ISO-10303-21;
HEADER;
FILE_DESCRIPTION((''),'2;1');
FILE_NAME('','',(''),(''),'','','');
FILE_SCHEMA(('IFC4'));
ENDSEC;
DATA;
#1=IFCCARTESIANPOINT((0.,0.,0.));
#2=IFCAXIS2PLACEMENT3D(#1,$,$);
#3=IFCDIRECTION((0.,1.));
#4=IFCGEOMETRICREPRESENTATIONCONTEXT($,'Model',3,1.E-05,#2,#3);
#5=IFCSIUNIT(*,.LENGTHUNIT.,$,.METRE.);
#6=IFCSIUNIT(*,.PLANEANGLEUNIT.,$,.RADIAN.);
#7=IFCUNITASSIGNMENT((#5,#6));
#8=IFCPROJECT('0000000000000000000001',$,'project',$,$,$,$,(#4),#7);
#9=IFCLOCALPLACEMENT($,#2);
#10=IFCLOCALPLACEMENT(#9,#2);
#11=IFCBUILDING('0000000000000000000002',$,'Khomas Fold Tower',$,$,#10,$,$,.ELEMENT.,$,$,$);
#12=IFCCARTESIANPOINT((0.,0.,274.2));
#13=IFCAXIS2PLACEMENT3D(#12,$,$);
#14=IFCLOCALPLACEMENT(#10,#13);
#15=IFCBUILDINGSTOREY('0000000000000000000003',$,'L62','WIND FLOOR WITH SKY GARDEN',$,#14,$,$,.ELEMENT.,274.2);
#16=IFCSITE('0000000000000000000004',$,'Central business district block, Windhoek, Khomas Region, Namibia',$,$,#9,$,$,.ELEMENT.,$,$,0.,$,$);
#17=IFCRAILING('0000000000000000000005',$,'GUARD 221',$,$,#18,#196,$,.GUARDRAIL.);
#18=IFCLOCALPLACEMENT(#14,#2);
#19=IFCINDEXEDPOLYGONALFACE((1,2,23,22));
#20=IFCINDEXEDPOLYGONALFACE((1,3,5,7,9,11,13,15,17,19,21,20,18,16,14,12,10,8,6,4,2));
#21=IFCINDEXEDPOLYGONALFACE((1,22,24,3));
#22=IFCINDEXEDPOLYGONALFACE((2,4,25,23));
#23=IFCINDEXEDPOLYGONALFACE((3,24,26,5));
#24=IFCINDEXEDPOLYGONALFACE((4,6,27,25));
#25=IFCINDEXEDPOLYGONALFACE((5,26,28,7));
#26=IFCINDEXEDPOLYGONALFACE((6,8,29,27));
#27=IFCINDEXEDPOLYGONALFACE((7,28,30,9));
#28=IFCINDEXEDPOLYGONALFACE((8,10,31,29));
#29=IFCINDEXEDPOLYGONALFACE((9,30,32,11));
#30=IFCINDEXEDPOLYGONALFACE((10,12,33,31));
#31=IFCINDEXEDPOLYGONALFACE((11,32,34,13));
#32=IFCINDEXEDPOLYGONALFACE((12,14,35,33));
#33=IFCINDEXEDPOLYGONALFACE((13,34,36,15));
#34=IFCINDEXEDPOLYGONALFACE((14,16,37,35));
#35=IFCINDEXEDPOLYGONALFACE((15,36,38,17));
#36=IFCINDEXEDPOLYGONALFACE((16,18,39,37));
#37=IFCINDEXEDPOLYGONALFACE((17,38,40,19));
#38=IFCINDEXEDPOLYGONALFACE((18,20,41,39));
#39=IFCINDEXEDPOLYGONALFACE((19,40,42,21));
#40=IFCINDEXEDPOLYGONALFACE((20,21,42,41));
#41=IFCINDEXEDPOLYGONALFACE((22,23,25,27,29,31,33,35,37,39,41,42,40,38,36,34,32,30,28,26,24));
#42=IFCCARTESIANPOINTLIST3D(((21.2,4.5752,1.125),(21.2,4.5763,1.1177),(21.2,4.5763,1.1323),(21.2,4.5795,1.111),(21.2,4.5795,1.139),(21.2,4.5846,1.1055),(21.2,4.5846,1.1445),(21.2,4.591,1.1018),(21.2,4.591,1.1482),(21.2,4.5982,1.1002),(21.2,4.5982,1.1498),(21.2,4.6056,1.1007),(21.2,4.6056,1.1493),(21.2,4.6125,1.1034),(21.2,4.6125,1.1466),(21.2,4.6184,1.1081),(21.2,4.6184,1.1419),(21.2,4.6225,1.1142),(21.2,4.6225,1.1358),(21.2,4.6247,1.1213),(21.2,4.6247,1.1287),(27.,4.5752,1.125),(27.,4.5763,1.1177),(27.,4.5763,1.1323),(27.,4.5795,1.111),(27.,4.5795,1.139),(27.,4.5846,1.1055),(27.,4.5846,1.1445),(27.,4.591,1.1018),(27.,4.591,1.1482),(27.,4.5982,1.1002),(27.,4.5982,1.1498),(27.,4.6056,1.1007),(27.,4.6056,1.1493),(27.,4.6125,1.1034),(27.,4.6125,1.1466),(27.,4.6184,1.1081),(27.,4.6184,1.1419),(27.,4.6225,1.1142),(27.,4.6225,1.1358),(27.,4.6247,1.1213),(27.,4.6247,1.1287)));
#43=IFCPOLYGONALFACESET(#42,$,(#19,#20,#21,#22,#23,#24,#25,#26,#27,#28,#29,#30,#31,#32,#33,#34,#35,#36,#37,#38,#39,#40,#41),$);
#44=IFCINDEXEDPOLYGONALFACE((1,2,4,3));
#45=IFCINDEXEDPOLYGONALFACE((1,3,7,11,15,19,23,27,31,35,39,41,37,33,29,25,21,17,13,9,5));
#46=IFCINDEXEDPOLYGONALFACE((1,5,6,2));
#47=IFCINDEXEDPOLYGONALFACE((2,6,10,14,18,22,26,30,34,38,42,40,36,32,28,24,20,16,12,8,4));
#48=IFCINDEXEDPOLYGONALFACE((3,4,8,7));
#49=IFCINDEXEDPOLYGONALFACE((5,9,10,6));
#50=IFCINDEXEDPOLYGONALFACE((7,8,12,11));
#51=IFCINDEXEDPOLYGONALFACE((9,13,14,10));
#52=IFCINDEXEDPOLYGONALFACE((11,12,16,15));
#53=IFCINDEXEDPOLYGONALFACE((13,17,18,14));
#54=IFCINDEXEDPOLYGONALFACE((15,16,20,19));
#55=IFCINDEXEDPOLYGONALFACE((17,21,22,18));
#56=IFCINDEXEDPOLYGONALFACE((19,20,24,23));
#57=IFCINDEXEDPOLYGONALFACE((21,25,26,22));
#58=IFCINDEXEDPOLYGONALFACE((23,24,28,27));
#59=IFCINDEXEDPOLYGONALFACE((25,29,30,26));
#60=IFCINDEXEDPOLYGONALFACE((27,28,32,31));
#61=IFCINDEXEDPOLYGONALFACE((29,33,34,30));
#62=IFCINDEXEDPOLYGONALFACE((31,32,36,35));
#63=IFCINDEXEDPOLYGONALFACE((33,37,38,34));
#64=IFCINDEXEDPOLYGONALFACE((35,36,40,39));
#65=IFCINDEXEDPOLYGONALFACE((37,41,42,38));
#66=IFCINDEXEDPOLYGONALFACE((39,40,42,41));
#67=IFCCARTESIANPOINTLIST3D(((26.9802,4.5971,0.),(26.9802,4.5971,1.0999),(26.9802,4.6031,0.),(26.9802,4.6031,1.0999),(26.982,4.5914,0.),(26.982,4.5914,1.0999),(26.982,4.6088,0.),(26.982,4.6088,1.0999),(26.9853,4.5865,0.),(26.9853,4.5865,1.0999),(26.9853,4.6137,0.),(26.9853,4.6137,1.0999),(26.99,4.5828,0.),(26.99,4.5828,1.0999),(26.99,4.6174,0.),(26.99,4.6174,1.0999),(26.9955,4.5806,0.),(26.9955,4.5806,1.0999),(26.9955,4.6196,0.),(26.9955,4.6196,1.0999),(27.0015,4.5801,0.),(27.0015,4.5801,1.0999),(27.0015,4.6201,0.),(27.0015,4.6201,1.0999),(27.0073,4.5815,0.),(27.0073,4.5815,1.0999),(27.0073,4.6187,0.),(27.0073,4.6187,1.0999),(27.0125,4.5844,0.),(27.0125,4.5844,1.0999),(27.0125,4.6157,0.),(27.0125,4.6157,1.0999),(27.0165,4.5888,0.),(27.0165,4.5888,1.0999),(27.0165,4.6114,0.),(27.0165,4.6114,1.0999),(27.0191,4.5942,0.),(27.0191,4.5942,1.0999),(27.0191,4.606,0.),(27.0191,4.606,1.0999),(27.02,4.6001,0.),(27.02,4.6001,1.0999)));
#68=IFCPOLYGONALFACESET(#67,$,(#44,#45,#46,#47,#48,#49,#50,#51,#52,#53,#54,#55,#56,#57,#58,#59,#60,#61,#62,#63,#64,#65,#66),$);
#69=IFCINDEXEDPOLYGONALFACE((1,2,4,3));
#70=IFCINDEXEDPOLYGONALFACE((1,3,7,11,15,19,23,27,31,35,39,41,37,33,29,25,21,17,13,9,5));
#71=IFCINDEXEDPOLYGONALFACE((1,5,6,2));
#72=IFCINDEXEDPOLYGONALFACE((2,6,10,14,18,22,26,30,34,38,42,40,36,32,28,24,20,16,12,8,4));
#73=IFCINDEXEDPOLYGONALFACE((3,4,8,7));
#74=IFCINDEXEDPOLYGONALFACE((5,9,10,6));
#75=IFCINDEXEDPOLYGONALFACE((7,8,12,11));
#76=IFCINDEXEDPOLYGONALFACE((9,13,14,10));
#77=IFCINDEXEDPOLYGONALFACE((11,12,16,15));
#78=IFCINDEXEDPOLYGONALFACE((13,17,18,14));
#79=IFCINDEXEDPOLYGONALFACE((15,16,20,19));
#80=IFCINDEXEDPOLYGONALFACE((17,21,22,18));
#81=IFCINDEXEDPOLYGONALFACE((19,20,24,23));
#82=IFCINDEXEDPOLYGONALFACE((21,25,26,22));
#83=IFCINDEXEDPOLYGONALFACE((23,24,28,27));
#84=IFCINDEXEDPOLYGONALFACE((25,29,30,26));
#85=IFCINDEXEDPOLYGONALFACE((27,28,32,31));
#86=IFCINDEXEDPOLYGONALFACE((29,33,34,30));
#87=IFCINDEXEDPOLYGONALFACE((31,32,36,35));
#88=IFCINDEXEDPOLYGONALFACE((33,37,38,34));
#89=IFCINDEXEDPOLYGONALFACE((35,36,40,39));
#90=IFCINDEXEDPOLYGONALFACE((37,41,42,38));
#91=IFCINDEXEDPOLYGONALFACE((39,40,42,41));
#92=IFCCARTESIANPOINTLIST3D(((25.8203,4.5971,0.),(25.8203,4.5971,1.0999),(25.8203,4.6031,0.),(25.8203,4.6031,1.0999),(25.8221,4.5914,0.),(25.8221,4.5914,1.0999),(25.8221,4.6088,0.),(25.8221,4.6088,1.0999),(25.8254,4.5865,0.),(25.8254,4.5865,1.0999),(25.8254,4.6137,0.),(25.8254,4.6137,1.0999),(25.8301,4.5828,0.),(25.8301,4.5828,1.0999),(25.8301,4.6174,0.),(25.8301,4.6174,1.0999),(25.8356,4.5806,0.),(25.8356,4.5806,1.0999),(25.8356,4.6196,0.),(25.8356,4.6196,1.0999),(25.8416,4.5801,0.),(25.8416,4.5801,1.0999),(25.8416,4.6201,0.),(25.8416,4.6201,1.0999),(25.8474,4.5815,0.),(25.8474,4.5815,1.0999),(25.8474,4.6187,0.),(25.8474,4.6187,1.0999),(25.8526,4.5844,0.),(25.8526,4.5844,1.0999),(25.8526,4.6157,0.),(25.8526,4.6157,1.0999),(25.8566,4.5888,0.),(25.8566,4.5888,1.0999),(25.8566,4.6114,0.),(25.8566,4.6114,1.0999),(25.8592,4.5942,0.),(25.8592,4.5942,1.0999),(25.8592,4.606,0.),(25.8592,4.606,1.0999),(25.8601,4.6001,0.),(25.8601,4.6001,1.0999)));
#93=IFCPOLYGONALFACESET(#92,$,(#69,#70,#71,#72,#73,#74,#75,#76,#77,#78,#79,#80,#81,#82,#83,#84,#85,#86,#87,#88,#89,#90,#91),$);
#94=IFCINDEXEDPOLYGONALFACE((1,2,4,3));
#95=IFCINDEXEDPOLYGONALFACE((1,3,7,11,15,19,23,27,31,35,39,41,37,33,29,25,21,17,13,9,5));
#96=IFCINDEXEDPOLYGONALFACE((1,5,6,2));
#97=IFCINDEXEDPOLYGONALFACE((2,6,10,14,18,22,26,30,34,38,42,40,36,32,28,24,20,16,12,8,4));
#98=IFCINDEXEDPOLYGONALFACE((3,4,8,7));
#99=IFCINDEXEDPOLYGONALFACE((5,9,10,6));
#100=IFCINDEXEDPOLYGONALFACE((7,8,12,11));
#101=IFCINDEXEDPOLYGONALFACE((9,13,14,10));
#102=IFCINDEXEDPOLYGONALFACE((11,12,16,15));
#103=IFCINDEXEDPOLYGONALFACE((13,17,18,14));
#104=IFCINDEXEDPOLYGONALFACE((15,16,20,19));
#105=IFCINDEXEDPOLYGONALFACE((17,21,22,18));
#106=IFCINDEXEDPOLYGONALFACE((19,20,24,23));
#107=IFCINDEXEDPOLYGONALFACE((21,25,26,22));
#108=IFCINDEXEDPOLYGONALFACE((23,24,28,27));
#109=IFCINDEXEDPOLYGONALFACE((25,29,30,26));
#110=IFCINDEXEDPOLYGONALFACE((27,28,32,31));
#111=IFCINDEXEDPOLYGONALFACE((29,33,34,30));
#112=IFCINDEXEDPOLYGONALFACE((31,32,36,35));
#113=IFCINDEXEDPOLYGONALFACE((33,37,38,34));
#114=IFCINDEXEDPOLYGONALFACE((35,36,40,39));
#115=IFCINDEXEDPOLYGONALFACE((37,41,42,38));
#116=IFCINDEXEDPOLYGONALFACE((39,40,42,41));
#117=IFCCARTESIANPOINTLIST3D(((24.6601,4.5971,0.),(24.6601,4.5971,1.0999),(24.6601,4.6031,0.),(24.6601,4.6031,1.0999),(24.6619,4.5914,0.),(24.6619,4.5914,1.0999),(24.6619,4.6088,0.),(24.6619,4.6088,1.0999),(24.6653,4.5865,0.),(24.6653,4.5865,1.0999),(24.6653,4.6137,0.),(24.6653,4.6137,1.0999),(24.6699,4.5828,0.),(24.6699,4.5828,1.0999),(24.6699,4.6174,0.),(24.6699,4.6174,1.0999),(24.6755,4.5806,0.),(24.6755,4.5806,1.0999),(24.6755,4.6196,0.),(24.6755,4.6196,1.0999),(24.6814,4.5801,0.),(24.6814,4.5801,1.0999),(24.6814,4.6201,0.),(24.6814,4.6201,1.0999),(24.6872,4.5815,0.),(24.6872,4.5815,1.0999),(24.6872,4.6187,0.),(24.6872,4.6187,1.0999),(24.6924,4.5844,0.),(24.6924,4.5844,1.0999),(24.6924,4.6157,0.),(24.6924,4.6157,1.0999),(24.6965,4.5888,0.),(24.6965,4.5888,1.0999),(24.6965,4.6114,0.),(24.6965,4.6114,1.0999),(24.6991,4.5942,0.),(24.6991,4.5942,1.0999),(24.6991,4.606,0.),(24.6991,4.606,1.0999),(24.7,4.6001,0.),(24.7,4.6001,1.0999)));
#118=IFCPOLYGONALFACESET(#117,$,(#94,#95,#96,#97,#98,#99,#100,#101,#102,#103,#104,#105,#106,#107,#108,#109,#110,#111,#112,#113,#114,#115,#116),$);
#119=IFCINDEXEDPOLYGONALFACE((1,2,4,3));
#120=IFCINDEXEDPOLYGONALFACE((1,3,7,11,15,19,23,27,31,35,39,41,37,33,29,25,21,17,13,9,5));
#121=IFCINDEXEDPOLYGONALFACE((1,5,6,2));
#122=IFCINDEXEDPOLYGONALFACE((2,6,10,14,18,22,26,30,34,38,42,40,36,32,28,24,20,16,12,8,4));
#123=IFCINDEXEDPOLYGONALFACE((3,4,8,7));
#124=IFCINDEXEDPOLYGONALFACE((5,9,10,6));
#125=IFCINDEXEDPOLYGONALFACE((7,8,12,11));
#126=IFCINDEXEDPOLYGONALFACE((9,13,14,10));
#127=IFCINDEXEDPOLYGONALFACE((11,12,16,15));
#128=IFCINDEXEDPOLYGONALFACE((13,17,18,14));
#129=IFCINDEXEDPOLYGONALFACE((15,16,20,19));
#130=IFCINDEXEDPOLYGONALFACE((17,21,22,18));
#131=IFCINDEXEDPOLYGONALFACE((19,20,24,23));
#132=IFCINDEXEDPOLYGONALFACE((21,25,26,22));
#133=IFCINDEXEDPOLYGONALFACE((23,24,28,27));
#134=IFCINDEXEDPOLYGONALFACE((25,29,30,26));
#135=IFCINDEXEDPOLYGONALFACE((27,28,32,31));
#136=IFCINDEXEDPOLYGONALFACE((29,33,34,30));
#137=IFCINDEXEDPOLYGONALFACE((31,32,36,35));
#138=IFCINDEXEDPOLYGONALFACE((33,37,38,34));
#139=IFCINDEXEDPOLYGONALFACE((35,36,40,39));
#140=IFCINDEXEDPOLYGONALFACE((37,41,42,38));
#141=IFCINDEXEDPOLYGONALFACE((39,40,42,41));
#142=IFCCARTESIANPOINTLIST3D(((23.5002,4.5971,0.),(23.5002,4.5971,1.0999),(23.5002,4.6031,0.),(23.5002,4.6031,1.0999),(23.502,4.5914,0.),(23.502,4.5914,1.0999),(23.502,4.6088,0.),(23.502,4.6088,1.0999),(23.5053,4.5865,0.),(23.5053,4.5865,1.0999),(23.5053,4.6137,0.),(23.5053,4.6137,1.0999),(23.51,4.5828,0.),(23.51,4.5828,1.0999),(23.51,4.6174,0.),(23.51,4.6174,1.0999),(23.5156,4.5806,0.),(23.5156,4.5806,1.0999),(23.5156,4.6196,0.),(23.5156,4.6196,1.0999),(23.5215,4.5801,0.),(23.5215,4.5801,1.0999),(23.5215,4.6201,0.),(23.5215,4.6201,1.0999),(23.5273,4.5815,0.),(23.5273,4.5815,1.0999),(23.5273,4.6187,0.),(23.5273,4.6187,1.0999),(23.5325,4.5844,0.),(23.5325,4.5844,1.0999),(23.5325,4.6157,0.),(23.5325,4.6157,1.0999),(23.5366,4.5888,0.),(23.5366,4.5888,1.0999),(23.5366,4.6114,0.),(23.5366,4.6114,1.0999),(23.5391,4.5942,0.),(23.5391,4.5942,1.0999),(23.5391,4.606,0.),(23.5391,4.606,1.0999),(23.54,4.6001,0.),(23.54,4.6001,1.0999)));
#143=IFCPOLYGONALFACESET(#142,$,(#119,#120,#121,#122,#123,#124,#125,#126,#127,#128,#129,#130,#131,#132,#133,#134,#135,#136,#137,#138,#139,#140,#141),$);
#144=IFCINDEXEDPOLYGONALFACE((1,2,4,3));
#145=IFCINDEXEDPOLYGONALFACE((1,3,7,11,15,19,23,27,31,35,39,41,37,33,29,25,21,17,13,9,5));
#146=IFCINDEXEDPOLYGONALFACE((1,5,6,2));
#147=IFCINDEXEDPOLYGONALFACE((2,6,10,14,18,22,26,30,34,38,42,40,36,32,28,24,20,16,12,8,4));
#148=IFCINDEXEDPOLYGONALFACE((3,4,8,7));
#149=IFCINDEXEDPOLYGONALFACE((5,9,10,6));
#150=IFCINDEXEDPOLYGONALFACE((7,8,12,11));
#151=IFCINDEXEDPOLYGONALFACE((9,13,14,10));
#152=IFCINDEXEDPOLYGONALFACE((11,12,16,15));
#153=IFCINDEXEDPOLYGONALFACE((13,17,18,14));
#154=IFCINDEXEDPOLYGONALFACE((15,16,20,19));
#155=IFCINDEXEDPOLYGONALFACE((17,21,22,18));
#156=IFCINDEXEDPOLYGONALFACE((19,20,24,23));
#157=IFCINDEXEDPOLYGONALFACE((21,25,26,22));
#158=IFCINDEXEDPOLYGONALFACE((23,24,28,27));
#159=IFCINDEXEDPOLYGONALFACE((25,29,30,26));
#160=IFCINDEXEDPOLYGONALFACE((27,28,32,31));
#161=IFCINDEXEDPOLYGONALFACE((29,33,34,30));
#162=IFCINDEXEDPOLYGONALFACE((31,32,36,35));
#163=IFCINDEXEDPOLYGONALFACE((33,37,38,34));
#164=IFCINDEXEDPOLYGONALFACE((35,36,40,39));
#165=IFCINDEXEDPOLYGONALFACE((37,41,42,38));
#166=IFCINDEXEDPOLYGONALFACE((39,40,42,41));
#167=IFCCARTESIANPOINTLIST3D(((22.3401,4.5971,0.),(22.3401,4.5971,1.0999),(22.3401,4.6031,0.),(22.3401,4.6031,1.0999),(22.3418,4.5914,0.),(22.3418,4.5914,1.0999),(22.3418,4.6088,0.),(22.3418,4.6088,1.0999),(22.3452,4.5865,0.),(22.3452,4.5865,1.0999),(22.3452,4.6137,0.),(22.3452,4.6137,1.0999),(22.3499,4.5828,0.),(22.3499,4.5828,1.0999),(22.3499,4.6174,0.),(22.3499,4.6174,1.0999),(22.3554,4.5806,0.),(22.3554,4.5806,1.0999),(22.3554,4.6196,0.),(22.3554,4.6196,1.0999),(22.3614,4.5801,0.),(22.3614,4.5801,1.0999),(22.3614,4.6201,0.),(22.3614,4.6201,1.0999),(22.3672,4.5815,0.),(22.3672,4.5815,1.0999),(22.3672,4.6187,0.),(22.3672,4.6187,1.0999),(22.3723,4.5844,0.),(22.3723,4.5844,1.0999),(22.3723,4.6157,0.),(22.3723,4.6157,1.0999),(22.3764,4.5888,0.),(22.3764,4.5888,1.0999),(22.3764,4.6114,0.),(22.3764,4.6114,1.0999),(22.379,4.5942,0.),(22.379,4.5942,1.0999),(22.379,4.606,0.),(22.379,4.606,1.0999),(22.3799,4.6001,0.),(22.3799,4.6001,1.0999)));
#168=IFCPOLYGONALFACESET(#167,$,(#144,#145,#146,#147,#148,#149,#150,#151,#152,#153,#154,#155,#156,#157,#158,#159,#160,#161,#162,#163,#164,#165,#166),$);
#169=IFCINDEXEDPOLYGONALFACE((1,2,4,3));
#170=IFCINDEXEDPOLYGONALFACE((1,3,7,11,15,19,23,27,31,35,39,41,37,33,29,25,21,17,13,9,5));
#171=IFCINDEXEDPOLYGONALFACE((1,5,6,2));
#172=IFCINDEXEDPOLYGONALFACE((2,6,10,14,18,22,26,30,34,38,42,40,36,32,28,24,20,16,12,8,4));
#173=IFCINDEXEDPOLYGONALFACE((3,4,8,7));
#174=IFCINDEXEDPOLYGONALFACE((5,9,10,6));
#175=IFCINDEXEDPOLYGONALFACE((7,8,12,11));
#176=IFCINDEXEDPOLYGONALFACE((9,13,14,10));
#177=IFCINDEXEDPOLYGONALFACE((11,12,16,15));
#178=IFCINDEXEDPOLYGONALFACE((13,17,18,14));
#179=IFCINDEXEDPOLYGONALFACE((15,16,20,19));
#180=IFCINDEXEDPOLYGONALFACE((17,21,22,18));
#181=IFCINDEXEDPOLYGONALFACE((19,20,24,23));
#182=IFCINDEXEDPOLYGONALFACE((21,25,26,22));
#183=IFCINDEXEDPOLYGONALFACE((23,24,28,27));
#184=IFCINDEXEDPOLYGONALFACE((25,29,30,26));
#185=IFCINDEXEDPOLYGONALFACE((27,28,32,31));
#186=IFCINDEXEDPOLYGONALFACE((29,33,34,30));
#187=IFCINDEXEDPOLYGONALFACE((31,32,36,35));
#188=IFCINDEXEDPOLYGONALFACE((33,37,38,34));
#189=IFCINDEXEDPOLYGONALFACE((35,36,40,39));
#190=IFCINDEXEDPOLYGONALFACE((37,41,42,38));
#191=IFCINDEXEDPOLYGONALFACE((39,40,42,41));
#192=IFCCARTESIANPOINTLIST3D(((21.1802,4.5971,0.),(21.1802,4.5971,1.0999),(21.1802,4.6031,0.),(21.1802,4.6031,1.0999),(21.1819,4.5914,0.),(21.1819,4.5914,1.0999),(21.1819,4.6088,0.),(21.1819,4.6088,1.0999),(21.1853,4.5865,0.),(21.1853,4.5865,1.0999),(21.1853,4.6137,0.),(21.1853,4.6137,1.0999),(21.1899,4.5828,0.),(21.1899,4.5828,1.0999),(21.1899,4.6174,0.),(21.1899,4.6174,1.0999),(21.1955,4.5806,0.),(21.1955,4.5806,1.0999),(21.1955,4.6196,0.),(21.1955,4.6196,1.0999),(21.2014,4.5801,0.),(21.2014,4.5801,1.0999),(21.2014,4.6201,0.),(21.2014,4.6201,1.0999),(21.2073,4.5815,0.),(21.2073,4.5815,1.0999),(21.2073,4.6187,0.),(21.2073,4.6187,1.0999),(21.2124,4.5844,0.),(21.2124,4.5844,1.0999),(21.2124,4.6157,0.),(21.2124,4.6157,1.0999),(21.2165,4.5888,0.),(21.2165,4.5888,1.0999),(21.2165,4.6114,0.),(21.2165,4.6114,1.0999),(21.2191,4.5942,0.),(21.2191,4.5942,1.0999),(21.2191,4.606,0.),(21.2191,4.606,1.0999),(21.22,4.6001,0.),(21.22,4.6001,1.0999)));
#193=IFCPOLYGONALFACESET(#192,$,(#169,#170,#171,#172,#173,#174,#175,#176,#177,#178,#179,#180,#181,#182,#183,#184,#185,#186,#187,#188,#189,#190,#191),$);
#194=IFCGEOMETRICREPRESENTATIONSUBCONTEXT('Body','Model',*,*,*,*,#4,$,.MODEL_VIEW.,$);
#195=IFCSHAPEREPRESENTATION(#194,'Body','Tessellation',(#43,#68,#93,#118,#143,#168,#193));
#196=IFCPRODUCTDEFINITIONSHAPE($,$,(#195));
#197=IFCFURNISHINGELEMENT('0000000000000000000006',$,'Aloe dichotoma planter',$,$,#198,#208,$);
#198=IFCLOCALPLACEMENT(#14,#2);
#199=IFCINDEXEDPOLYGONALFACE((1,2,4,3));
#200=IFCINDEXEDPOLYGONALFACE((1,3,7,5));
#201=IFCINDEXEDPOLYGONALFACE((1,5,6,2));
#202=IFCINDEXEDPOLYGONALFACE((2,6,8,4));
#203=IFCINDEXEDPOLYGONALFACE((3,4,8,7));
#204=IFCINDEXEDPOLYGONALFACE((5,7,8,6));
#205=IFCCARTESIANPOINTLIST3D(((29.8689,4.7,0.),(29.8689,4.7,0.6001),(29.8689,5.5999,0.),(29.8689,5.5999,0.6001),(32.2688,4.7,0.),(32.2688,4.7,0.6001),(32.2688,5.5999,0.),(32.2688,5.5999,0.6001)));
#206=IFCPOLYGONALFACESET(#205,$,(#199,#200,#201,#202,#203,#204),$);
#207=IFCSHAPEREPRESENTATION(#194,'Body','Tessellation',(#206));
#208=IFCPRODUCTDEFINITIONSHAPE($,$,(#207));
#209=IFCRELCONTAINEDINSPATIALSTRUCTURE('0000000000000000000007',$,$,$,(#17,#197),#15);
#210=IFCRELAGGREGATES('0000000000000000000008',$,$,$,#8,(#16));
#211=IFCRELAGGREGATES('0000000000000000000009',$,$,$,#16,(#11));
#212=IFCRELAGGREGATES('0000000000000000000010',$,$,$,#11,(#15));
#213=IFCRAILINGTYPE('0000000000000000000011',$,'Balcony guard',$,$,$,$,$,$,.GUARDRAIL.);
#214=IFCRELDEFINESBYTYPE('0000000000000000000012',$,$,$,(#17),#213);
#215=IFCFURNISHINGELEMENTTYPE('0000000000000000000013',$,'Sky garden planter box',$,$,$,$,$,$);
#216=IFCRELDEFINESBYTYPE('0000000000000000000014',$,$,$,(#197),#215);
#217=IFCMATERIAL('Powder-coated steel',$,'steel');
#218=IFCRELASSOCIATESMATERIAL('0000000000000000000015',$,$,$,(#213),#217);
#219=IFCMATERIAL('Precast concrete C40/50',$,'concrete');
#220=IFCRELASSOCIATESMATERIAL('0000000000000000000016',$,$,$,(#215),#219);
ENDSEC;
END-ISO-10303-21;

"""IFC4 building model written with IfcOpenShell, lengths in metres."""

from ifc_helpers import new_model, si_unit, direction, frame, origin, origin_2d, place, context, subcontext, project, spatial, rectangle, circle, extrude, source, transform, mapped, material, type_object, element, save


model = new_model("IFC4")

# Units and contexts
model_context = context("Model", 3, precision=1e-05, world=origin(), true_north=direction((0.0, 1.0)))
body_context = subcontext(model_context, "Body", "Model", "MODEL_VIEW")
ifc_project = project(units=[si_unit("LENGTHUNIT", "METRE"), si_unit("PLANEANGLEUNIT", "RADIAN")], contexts=[model_context])

# Site, building, storey
site_placement = place(None, origin())
site = spatial("IfcSite", under=ifc_project, at=site_placement, Name="Central business district block, Windhoek, Khomas Region, Namibia", CompositionType="ELEMENT", RefElevation=0.0)
building_placement = place(site_placement, origin())
building = spatial("IfcBuilding", under=site, at=building_placement, Name="Khomas Fold Tower", CompositionType="ELEMENT")
storey_placement = place(building_placement, frame((0.0, 0.0, 274.2)))
storey = spatial("IfcBuildingStorey", under=building, at=storey_placement, Name="L62", Description="WIND FLOOR WITH SKY GARDEN", CompositionType="ELEMENT", Elevation=274.2)

# Railing
ifc_material_1 = material(Name="Powder-coated steel", Category="steel")
railing_type = type_object("IfcRailingType", Name="Balcony guard", PredefinedType="GUARDRAIL", material=ifc_material_1)
shared_shape_1 = source(origin(), body_context, "Body", "SweptSolid", [
    extrude(circle(Radius=0.0249, at=origin_2d()), frame((0.0, 0.0, 1.125), z_axis=(-1.0, 0.0, 0.0), x_axis=(0.0, -1.0, 0.0)), (0.0, 0.0, 1.0), 5.8),
    extrude(circle(Radius=0.02, at=origin_2d()), origin(), (0.0, 0.0, 1.0), 1.0999),
    extrude(circle(Radius=0.02, at=origin_2d()), frame((-1.1599, 0.0, 0.0)), (0.0, 0.0, 1.0), 1.0999),
    extrude(circle(Radius=0.02, at=origin_2d()), frame((-2.3201, 0.0, 0.0)), (0.0, 0.0, 1.0), 1.0999),
    extrude(circle(Radius=0.02, at=origin_2d()), frame((-3.48, 0.0, 0.0)), (0.0, 0.0, 1.0), 1.0999),
    extrude(circle(Radius=0.02, at=origin_2d()), frame((-4.6401, 0.0, 0.0)), (0.0, 0.0, 1.0), 1.0999),
    extrude(circle(Radius=0.02, at=origin_2d()), frame((-5.8, 0.0, 0.0)), (0.0, 0.0, 1.0), 1.0999),
])
for number, where, name in (
    (1, (27.0, 4.6001, 0.0), "GUARD 221"),
):
    element("IfcRailing", number, at=place(storey_placement, frame(where)), inside=storey, type_object=railing_type, Name=name, PredefinedType="GUARDRAIL", context=body_context, shape_type="MappedRepresentation", body=[
        mapped(shared_shape_1, transform((0.0, 0.0, 0.0))),
    ])

# Furnishing element
ifc_material_2 = material(Name="Precast concrete C40/50", Category="concrete")
furnishing_element_type_1 = type_object("IfcFurnishingElementType", Name="Sky garden planter box", material=ifc_material_2)
shared_shape_2 = source(origin(), body_context, "Body", "SweptSolid", [
    extrude(rectangle(XDim=2.3999, YDim=0.8999, at=origin_2d()), origin(), (0.0, 0.0, 1.0), 0.6001),
])
furnishing_1_placement = place(storey_placement, frame((31.0688, 5.1499, 0.0), z_axis=(0.0, 0.0, 1.0), x_axis=(-1.0, 0.0, 0.0)))
element("IfcFurnishingElement", 2, at=furnishing_1_placement, inside=storey, type_object=furnishing_element_type_1, Name="Aloe dichotoma planter", context=body_context, shape_type="MappedRepresentation", body=[
    mapped(shared_shape_2, transform((0.0, 0.0, 0.0))),
])

save(model, "model.ifc")
